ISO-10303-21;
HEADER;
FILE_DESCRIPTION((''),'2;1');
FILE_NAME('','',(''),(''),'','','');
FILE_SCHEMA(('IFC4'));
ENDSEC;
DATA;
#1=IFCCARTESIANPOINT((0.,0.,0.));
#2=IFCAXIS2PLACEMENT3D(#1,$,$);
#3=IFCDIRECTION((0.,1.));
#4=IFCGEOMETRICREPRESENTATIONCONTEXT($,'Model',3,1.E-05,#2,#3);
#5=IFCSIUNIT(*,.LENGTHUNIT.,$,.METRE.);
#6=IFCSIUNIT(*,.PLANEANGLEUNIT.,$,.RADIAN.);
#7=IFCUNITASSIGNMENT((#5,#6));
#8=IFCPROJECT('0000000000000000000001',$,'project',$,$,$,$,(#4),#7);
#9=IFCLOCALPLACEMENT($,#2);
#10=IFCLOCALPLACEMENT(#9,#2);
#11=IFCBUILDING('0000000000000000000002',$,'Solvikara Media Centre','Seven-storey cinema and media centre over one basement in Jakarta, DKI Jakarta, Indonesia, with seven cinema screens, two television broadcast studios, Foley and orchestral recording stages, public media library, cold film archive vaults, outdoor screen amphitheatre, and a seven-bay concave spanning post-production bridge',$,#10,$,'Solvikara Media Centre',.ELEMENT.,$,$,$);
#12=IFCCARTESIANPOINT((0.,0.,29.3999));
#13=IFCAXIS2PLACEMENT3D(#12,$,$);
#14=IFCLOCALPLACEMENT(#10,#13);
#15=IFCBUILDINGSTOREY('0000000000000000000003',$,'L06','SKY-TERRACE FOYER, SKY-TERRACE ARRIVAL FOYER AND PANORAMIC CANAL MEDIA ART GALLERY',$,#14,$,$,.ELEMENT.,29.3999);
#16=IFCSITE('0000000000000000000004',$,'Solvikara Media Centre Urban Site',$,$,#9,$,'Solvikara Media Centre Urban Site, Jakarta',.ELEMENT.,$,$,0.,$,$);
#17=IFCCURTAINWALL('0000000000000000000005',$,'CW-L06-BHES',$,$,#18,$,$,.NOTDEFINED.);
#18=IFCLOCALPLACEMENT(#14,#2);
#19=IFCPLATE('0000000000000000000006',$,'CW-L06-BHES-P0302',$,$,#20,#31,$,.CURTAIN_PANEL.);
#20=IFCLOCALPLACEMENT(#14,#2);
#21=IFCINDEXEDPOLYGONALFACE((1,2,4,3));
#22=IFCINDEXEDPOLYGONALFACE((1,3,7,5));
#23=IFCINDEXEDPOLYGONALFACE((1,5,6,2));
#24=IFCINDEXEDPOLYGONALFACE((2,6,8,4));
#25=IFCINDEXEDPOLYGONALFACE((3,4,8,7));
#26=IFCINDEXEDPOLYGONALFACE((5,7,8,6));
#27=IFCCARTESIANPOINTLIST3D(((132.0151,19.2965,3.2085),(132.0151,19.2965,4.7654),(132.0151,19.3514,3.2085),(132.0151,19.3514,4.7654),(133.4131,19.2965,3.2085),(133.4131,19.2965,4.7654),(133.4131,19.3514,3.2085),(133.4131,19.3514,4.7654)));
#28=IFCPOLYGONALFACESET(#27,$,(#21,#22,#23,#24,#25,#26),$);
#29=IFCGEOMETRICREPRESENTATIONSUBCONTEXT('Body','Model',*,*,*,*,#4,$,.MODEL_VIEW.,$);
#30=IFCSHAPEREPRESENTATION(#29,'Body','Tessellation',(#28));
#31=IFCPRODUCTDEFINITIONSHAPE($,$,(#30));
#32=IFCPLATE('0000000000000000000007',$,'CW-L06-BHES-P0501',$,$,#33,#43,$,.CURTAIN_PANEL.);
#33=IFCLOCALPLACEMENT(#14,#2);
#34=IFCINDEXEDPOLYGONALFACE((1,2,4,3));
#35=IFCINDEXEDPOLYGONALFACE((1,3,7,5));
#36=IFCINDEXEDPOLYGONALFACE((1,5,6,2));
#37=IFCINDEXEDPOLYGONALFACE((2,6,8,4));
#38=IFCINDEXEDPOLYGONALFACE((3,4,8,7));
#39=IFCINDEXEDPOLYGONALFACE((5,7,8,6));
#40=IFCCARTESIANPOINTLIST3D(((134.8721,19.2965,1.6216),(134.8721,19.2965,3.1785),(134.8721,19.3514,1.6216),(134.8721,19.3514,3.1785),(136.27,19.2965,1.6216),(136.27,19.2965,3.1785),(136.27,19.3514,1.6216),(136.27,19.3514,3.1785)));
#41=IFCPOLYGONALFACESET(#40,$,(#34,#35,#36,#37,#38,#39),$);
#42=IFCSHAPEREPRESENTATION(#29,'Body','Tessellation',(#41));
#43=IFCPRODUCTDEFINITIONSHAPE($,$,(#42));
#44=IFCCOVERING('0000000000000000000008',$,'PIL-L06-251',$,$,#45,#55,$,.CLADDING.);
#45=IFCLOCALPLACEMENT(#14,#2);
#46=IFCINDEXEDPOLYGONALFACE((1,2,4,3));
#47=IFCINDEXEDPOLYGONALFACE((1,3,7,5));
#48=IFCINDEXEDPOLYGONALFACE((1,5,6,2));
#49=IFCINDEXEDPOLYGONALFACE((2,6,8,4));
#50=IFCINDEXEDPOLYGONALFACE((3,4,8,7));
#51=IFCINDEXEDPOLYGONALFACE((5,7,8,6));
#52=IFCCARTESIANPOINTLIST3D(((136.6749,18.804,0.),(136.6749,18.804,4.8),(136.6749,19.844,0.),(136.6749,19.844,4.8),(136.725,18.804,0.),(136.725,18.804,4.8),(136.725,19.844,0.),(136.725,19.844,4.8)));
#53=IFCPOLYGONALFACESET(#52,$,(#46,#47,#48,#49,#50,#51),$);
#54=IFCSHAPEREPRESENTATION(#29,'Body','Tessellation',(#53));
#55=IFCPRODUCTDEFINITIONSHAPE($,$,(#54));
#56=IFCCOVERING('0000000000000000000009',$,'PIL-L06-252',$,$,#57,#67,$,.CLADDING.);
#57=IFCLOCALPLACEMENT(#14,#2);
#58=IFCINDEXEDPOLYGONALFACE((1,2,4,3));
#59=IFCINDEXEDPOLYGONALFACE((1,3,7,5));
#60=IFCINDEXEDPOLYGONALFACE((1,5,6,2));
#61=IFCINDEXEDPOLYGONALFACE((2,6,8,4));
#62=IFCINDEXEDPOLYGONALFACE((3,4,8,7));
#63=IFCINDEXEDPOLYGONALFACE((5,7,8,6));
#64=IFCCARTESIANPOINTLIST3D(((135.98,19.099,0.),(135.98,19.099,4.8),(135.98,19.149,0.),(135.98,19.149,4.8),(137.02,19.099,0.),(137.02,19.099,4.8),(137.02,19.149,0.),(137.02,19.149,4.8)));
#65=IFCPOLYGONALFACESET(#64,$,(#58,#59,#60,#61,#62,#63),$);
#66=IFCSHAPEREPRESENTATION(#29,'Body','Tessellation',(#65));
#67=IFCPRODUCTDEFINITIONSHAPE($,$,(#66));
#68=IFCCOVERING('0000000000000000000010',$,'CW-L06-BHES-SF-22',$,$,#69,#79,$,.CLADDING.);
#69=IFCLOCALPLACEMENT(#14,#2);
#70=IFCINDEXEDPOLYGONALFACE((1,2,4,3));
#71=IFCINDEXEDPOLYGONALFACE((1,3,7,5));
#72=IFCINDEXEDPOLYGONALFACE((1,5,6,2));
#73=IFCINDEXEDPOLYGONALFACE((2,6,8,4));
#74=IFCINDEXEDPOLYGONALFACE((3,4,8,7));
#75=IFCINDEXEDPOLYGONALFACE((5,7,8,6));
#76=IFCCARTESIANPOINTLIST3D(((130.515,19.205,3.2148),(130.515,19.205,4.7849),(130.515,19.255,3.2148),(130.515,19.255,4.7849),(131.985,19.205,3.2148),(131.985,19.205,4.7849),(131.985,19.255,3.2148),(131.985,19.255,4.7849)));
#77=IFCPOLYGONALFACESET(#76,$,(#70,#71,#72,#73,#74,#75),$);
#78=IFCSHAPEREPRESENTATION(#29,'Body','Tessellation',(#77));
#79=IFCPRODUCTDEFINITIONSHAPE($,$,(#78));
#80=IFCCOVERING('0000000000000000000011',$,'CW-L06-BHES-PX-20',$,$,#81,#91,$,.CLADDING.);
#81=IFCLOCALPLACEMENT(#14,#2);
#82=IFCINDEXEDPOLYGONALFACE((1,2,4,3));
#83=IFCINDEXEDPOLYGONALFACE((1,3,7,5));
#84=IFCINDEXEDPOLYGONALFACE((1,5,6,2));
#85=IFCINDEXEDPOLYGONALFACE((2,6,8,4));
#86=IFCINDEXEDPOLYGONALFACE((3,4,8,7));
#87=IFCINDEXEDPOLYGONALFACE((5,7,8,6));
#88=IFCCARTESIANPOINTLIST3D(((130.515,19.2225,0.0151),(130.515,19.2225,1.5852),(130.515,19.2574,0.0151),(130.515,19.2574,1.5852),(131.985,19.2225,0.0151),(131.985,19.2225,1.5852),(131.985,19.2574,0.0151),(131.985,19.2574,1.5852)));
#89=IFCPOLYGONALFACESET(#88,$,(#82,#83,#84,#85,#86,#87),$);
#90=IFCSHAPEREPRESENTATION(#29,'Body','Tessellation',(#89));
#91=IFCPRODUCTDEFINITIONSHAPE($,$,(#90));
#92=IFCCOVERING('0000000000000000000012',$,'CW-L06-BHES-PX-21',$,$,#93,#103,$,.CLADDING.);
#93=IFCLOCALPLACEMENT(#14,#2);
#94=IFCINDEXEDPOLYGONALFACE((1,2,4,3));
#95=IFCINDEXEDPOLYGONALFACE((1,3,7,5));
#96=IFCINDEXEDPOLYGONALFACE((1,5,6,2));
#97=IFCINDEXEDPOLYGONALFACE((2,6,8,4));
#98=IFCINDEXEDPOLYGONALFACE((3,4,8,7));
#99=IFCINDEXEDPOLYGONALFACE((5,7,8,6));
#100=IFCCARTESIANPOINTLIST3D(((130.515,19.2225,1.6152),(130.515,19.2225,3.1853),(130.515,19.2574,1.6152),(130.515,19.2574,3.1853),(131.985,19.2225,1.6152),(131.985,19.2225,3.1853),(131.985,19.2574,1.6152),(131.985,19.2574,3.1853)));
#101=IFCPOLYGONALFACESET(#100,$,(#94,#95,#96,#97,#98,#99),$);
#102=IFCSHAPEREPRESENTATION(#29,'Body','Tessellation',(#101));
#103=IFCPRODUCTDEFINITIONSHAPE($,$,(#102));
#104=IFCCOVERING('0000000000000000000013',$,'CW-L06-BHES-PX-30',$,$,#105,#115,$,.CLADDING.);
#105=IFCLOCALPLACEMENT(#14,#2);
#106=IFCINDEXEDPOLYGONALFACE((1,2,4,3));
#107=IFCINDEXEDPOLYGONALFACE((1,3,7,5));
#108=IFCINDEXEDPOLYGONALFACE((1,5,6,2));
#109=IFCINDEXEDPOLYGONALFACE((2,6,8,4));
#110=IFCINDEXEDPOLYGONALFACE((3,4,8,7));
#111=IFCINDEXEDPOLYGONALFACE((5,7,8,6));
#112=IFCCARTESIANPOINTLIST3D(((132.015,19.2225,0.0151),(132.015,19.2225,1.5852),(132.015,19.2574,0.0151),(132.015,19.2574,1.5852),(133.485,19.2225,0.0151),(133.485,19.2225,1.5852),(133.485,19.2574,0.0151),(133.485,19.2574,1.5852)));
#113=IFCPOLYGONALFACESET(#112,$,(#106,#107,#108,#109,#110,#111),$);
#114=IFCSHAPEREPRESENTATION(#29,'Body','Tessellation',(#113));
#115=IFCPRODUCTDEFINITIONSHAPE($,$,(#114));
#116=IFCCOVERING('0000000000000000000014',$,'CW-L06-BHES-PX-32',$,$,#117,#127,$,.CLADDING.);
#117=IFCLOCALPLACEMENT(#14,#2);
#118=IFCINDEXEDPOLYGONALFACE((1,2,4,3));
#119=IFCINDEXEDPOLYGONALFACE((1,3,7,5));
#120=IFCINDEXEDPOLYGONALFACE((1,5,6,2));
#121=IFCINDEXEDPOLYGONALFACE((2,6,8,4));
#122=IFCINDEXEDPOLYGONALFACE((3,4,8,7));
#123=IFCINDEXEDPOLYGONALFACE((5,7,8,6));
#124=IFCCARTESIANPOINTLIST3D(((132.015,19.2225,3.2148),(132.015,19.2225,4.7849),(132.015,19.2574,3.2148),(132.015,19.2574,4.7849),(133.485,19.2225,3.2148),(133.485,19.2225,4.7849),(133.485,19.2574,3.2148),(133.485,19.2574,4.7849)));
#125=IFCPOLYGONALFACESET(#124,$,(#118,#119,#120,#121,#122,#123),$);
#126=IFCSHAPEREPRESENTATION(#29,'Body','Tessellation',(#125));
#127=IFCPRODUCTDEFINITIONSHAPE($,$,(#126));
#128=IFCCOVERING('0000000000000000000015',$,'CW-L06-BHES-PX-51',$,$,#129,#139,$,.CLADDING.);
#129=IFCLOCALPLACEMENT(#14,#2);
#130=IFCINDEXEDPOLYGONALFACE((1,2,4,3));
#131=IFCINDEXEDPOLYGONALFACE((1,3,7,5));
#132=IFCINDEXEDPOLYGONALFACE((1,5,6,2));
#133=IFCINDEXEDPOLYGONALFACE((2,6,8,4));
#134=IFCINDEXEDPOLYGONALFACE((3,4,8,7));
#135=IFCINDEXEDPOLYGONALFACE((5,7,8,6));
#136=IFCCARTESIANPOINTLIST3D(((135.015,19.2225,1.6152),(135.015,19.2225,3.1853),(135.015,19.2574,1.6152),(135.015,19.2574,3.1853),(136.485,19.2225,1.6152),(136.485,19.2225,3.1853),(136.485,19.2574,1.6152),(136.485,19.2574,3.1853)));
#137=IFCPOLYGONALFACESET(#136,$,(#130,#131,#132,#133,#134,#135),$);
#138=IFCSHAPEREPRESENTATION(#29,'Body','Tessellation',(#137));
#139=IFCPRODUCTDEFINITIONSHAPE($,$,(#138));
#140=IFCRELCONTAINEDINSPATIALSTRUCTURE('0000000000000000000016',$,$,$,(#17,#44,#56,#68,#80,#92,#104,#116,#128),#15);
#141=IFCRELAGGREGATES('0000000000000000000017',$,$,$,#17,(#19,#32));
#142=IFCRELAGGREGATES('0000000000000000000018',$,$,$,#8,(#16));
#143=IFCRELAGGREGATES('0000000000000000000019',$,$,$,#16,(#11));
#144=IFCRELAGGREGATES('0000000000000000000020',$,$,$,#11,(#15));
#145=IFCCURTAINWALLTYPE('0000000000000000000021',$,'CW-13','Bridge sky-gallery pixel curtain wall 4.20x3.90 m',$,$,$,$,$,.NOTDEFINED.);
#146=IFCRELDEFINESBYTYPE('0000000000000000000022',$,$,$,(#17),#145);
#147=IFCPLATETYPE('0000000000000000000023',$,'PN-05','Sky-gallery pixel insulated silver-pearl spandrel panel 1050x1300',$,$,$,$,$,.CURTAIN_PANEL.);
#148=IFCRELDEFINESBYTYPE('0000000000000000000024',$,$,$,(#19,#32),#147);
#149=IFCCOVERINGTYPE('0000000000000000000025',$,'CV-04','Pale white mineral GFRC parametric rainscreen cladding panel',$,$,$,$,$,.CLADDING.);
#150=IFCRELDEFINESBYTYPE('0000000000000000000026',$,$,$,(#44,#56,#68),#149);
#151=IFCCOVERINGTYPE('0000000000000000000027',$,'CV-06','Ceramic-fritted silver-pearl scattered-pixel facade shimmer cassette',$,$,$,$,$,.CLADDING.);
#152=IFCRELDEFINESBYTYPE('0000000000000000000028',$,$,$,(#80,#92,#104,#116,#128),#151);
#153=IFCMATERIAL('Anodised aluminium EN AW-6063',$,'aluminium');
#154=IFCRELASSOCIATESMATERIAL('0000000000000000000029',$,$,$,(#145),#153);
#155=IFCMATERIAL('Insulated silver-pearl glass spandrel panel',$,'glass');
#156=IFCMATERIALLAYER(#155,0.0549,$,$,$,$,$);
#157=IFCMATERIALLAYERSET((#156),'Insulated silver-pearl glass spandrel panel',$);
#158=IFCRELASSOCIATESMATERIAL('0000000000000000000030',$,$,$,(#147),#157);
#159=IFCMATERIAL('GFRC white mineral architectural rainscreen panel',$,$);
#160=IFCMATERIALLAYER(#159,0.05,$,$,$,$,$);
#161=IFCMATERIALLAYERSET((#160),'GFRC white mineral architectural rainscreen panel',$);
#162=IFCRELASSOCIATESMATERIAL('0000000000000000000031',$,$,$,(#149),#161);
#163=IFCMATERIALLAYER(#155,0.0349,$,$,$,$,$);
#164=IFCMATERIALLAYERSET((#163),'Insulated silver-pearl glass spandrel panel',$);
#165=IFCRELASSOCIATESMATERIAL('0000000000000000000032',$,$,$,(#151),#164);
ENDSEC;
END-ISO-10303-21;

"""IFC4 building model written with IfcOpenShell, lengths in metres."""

from ifc_helpers import new_model, si_unit, direction, frame, origin, origin_2d, place, context, subcontext, project, spatial, rectangle, extrude, material, layer, layer_set, type_object, element, aggregate, save


model = new_model("IFC4")

# Units and contexts
model_context = context("Model", 3, precision=1e-05, world=origin(), true_north=direction((0.0, 1.0)))
body_context = subcontext(model_context, "Body", "Model", "MODEL_VIEW")
ifc_project = project(units=[si_unit("LENGTHUNIT", "METRE"), si_unit("PLANEANGLEUNIT", "RADIAN")], contexts=[model_context])

# Site, building, storey
site_placement = place(None, origin())
site = spatial("IfcSite", under=ifc_project, at=site_placement, Name="Solvikara Media Centre Urban Site", LongName="Solvikara Media Centre Urban Site, Jakarta", CompositionType="ELEMENT", RefElevation=0.0)
building_placement = place(site_placement, origin())
building = spatial("IfcBuilding", under=site, at=building_placement, Name="Solvikara Media Centre", Description="Seven-storey cinema and media centre over one basement in Jakarta, DKI Jakarta, Indonesia, with seven cinema screens, two television broadcast studios, Foley and orchestral recording stages, public media library, cold film archive vaults, outdoor screen amphitheatre, and a seven-bay concave spanning post-production bridge", LongName="Solvikara Media Centre", CompositionType="ELEMENT")
storey_placement = place(building_placement, frame((0.0, 0.0, 29.3999)))
storey = spatial("IfcBuildingStorey", under=building, at=storey_placement, Name="L06", Description="SKY-TERRACE FOYER, SKY-TERRACE ARRIVAL FOYER AND PANORAMIC CANAL MEDIA ART GALLERY", CompositionType="ELEMENT", Elevation=29.3999)

# Curtain wall
ifc_material_1 = material(Name="Anodised aluminium EN AW-6063", Category="aluminium")
curtain_wall_type = type_object("IfcCurtainWallType", Name="CW-13", Description="Bridge sky-gallery pixel curtain wall 4.20x3.90 m", PredefinedType="NOTDEFINED", material=ifc_material_1)
curtain_wall_1_placement = place(storey_placement, origin())
curtain_wall_1 = element("IfcCurtainWall", 1, at=curtain_wall_1_placement, inside=storey, type_object=curtain_wall_type, Name="CW-L06-BHES", PredefinedType="NOTDEFINED")

# Plates
ifc_material_2 = material(Name="Insulated silver-pearl glass spandrel panel", Category="glass")
ifc_layer_1 = layer(ifc_material_2, 0.0549)
ifc_layer_set_1 = layer_set([ifc_layer_1], Name="Insulated silver-pearl glass spandrel panel")
plate_type_1 = type_object("IfcPlateType", Name="PN-05", Description="Sky-gallery pixel insulated silver-pearl spandrel panel 1050x1300", PredefinedType="CURTAIN_PANEL", material=ifc_layer_set_1)
plate_1_placement = place(storey_placement, frame((132.7141, 19.324, 3.2085), z_axis=(0.0, 0.0, 1.0), x_axis=(1.0, 0.0, 0.0)))
plate_1 = element("IfcPlate", 2, at=plate_1_placement, type_object=plate_type_1, Name="CW-L06-BHES-P0302", PredefinedType="CURTAIN_PANEL", context=body_context, shape_type="SweptSolid", body=[
    extrude(rectangle(XDim=1.3979, YDim=0.0549, at=origin_2d()), origin(), (0.0, 0.0, 1.0), 1.5569),
])
plate_2_placement = place(storey_placement, frame((135.571, 19.324, 1.6216), z_axis=(0.0, 0.0, 1.0), x_axis=(1.0, 0.0, 0.0)))
plate_2 = element("IfcPlate", 3, at=plate_2_placement, type_object=plate_type_1, Name="CW-L06-BHES-P0501", PredefinedType="CURTAIN_PANEL", context=body_context, shape_type="SweptSolid", body=[
    extrude(rectangle(XDim=1.3979, YDim=0.0549, at=origin_2d()), origin(), (0.0, 0.0, 1.0), 1.5569),
])
aggregate(curtain_wall_1, [plate_1, plate_2])

# Coverings
ifc_material_3 = material(Name="GFRC white mineral architectural rainscreen panel")
ifc_layer_2 = layer(ifc_material_3, 0.05)
ifc_layer_set_2 = layer_set([ifc_layer_2], Name="GFRC white mineral architectural rainscreen panel")
covering_type_1 = type_object("IfcCoveringType", Name="CV-04", Description="Pale white mineral GFRC parametric rainscreen cladding panel", PredefinedType="CLADDING", material=ifc_layer_set_2)
for number, where, z_axis, x_axis, name in (
    (4, (136.7, 19.324, 0.0), (0.0, 0.0, 1.0), (0.0, 1.0, 0.0), "PIL-L06-251"),
    (5, (136.5, 19.124, 0.0), (0.0, 0.0, 1.0), (1.0, 0.0, 0.0), "PIL-L06-252"),
):
    element("IfcCovering", number, at=place(storey_placement, frame(where, z_axis=z_axis, x_axis=x_axis)), inside=storey, type_object=covering_type_1, Name=name, PredefinedType="CLADDING", context=body_context, shape_type="SweptSolid", body=[
        extrude(rectangle(XDim=1.04, YDim=0.05, at=origin_2d()), origin(), (0.0, 0.0, 1.0), 4.8),
    ])
covering_placement = place(storey_placement, frame((131.25, 19.23, 3.2148), z_axis=(0.0, 0.0, 1.0), x_axis=(1.0, 0.0, 0.0)))
element("IfcCovering", 6, at=covering_placement, inside=storey, type_object=covering_type_1, Name="CW-L06-BHES-SF-22", PredefinedType="CLADDING", context=body_context, shape_type="SweptSolid", body=[
    extrude(rectangle(XDim=1.47, YDim=0.05, at=origin_2d()), origin(), (0.0, 0.0, 1.0), 1.5701),
])
ifc_layer_3 = layer(ifc_material_2, 0.0349)
ifc_layer_set_3 = layer_set([ifc_layer_3], Name="Insulated silver-pearl glass spandrel panel")
covering_type_2 = type_object("IfcCoveringType", Name="CV-06", Description="Ceramic-fritted silver-pearl scattered-pixel facade shimmer cassette", PredefinedType="CLADDING", material=ifc_layer_set_3)
for number, where, z_axis, x_axis, name in (
    (7, (131.25, 19.24, 0.0151), (0.0, 0.0, 1.0), (1.0, 0.0, 0.0), "CW-L06-BHES-PX-20"),
    (8, (131.25, 19.24, 1.6152), (0.0, 0.0, 1.0), (1.0, 0.0, 0.0), "CW-L06-BHES-PX-21"),
    (9, (132.75, 19.24, 0.0151), (0.0, 0.0, 1.0), (1.0, 0.0, 0.0), "CW-L06-BHES-PX-30"),
    (10, (132.75, 19.24, 3.2148), (0.0, 0.0, 1.0), (1.0, 0.0, 0.0), "CW-L06-BHES-PX-32"),
    (11, (135.75, 19.24, 1.6152), (0.0, 0.0, 1.0), (1.0, 0.0, 0.0), "CW-L06-BHES-PX-51"),
):
    element("IfcCovering", number, at=place(storey_placement, frame(where, z_axis=z_axis, x_axis=x_axis)), inside=storey, type_object=covering_type_2, Name=name, PredefinedType="CLADDING", context=body_context, shape_type="SweptSolid", body=[
        extrude(rectangle(XDim=1.47, YDim=0.0349, at=origin_2d()), origin(), (0.0, 0.0, 1.0), 1.5701),
    ])

save(model, "model.ifc")
